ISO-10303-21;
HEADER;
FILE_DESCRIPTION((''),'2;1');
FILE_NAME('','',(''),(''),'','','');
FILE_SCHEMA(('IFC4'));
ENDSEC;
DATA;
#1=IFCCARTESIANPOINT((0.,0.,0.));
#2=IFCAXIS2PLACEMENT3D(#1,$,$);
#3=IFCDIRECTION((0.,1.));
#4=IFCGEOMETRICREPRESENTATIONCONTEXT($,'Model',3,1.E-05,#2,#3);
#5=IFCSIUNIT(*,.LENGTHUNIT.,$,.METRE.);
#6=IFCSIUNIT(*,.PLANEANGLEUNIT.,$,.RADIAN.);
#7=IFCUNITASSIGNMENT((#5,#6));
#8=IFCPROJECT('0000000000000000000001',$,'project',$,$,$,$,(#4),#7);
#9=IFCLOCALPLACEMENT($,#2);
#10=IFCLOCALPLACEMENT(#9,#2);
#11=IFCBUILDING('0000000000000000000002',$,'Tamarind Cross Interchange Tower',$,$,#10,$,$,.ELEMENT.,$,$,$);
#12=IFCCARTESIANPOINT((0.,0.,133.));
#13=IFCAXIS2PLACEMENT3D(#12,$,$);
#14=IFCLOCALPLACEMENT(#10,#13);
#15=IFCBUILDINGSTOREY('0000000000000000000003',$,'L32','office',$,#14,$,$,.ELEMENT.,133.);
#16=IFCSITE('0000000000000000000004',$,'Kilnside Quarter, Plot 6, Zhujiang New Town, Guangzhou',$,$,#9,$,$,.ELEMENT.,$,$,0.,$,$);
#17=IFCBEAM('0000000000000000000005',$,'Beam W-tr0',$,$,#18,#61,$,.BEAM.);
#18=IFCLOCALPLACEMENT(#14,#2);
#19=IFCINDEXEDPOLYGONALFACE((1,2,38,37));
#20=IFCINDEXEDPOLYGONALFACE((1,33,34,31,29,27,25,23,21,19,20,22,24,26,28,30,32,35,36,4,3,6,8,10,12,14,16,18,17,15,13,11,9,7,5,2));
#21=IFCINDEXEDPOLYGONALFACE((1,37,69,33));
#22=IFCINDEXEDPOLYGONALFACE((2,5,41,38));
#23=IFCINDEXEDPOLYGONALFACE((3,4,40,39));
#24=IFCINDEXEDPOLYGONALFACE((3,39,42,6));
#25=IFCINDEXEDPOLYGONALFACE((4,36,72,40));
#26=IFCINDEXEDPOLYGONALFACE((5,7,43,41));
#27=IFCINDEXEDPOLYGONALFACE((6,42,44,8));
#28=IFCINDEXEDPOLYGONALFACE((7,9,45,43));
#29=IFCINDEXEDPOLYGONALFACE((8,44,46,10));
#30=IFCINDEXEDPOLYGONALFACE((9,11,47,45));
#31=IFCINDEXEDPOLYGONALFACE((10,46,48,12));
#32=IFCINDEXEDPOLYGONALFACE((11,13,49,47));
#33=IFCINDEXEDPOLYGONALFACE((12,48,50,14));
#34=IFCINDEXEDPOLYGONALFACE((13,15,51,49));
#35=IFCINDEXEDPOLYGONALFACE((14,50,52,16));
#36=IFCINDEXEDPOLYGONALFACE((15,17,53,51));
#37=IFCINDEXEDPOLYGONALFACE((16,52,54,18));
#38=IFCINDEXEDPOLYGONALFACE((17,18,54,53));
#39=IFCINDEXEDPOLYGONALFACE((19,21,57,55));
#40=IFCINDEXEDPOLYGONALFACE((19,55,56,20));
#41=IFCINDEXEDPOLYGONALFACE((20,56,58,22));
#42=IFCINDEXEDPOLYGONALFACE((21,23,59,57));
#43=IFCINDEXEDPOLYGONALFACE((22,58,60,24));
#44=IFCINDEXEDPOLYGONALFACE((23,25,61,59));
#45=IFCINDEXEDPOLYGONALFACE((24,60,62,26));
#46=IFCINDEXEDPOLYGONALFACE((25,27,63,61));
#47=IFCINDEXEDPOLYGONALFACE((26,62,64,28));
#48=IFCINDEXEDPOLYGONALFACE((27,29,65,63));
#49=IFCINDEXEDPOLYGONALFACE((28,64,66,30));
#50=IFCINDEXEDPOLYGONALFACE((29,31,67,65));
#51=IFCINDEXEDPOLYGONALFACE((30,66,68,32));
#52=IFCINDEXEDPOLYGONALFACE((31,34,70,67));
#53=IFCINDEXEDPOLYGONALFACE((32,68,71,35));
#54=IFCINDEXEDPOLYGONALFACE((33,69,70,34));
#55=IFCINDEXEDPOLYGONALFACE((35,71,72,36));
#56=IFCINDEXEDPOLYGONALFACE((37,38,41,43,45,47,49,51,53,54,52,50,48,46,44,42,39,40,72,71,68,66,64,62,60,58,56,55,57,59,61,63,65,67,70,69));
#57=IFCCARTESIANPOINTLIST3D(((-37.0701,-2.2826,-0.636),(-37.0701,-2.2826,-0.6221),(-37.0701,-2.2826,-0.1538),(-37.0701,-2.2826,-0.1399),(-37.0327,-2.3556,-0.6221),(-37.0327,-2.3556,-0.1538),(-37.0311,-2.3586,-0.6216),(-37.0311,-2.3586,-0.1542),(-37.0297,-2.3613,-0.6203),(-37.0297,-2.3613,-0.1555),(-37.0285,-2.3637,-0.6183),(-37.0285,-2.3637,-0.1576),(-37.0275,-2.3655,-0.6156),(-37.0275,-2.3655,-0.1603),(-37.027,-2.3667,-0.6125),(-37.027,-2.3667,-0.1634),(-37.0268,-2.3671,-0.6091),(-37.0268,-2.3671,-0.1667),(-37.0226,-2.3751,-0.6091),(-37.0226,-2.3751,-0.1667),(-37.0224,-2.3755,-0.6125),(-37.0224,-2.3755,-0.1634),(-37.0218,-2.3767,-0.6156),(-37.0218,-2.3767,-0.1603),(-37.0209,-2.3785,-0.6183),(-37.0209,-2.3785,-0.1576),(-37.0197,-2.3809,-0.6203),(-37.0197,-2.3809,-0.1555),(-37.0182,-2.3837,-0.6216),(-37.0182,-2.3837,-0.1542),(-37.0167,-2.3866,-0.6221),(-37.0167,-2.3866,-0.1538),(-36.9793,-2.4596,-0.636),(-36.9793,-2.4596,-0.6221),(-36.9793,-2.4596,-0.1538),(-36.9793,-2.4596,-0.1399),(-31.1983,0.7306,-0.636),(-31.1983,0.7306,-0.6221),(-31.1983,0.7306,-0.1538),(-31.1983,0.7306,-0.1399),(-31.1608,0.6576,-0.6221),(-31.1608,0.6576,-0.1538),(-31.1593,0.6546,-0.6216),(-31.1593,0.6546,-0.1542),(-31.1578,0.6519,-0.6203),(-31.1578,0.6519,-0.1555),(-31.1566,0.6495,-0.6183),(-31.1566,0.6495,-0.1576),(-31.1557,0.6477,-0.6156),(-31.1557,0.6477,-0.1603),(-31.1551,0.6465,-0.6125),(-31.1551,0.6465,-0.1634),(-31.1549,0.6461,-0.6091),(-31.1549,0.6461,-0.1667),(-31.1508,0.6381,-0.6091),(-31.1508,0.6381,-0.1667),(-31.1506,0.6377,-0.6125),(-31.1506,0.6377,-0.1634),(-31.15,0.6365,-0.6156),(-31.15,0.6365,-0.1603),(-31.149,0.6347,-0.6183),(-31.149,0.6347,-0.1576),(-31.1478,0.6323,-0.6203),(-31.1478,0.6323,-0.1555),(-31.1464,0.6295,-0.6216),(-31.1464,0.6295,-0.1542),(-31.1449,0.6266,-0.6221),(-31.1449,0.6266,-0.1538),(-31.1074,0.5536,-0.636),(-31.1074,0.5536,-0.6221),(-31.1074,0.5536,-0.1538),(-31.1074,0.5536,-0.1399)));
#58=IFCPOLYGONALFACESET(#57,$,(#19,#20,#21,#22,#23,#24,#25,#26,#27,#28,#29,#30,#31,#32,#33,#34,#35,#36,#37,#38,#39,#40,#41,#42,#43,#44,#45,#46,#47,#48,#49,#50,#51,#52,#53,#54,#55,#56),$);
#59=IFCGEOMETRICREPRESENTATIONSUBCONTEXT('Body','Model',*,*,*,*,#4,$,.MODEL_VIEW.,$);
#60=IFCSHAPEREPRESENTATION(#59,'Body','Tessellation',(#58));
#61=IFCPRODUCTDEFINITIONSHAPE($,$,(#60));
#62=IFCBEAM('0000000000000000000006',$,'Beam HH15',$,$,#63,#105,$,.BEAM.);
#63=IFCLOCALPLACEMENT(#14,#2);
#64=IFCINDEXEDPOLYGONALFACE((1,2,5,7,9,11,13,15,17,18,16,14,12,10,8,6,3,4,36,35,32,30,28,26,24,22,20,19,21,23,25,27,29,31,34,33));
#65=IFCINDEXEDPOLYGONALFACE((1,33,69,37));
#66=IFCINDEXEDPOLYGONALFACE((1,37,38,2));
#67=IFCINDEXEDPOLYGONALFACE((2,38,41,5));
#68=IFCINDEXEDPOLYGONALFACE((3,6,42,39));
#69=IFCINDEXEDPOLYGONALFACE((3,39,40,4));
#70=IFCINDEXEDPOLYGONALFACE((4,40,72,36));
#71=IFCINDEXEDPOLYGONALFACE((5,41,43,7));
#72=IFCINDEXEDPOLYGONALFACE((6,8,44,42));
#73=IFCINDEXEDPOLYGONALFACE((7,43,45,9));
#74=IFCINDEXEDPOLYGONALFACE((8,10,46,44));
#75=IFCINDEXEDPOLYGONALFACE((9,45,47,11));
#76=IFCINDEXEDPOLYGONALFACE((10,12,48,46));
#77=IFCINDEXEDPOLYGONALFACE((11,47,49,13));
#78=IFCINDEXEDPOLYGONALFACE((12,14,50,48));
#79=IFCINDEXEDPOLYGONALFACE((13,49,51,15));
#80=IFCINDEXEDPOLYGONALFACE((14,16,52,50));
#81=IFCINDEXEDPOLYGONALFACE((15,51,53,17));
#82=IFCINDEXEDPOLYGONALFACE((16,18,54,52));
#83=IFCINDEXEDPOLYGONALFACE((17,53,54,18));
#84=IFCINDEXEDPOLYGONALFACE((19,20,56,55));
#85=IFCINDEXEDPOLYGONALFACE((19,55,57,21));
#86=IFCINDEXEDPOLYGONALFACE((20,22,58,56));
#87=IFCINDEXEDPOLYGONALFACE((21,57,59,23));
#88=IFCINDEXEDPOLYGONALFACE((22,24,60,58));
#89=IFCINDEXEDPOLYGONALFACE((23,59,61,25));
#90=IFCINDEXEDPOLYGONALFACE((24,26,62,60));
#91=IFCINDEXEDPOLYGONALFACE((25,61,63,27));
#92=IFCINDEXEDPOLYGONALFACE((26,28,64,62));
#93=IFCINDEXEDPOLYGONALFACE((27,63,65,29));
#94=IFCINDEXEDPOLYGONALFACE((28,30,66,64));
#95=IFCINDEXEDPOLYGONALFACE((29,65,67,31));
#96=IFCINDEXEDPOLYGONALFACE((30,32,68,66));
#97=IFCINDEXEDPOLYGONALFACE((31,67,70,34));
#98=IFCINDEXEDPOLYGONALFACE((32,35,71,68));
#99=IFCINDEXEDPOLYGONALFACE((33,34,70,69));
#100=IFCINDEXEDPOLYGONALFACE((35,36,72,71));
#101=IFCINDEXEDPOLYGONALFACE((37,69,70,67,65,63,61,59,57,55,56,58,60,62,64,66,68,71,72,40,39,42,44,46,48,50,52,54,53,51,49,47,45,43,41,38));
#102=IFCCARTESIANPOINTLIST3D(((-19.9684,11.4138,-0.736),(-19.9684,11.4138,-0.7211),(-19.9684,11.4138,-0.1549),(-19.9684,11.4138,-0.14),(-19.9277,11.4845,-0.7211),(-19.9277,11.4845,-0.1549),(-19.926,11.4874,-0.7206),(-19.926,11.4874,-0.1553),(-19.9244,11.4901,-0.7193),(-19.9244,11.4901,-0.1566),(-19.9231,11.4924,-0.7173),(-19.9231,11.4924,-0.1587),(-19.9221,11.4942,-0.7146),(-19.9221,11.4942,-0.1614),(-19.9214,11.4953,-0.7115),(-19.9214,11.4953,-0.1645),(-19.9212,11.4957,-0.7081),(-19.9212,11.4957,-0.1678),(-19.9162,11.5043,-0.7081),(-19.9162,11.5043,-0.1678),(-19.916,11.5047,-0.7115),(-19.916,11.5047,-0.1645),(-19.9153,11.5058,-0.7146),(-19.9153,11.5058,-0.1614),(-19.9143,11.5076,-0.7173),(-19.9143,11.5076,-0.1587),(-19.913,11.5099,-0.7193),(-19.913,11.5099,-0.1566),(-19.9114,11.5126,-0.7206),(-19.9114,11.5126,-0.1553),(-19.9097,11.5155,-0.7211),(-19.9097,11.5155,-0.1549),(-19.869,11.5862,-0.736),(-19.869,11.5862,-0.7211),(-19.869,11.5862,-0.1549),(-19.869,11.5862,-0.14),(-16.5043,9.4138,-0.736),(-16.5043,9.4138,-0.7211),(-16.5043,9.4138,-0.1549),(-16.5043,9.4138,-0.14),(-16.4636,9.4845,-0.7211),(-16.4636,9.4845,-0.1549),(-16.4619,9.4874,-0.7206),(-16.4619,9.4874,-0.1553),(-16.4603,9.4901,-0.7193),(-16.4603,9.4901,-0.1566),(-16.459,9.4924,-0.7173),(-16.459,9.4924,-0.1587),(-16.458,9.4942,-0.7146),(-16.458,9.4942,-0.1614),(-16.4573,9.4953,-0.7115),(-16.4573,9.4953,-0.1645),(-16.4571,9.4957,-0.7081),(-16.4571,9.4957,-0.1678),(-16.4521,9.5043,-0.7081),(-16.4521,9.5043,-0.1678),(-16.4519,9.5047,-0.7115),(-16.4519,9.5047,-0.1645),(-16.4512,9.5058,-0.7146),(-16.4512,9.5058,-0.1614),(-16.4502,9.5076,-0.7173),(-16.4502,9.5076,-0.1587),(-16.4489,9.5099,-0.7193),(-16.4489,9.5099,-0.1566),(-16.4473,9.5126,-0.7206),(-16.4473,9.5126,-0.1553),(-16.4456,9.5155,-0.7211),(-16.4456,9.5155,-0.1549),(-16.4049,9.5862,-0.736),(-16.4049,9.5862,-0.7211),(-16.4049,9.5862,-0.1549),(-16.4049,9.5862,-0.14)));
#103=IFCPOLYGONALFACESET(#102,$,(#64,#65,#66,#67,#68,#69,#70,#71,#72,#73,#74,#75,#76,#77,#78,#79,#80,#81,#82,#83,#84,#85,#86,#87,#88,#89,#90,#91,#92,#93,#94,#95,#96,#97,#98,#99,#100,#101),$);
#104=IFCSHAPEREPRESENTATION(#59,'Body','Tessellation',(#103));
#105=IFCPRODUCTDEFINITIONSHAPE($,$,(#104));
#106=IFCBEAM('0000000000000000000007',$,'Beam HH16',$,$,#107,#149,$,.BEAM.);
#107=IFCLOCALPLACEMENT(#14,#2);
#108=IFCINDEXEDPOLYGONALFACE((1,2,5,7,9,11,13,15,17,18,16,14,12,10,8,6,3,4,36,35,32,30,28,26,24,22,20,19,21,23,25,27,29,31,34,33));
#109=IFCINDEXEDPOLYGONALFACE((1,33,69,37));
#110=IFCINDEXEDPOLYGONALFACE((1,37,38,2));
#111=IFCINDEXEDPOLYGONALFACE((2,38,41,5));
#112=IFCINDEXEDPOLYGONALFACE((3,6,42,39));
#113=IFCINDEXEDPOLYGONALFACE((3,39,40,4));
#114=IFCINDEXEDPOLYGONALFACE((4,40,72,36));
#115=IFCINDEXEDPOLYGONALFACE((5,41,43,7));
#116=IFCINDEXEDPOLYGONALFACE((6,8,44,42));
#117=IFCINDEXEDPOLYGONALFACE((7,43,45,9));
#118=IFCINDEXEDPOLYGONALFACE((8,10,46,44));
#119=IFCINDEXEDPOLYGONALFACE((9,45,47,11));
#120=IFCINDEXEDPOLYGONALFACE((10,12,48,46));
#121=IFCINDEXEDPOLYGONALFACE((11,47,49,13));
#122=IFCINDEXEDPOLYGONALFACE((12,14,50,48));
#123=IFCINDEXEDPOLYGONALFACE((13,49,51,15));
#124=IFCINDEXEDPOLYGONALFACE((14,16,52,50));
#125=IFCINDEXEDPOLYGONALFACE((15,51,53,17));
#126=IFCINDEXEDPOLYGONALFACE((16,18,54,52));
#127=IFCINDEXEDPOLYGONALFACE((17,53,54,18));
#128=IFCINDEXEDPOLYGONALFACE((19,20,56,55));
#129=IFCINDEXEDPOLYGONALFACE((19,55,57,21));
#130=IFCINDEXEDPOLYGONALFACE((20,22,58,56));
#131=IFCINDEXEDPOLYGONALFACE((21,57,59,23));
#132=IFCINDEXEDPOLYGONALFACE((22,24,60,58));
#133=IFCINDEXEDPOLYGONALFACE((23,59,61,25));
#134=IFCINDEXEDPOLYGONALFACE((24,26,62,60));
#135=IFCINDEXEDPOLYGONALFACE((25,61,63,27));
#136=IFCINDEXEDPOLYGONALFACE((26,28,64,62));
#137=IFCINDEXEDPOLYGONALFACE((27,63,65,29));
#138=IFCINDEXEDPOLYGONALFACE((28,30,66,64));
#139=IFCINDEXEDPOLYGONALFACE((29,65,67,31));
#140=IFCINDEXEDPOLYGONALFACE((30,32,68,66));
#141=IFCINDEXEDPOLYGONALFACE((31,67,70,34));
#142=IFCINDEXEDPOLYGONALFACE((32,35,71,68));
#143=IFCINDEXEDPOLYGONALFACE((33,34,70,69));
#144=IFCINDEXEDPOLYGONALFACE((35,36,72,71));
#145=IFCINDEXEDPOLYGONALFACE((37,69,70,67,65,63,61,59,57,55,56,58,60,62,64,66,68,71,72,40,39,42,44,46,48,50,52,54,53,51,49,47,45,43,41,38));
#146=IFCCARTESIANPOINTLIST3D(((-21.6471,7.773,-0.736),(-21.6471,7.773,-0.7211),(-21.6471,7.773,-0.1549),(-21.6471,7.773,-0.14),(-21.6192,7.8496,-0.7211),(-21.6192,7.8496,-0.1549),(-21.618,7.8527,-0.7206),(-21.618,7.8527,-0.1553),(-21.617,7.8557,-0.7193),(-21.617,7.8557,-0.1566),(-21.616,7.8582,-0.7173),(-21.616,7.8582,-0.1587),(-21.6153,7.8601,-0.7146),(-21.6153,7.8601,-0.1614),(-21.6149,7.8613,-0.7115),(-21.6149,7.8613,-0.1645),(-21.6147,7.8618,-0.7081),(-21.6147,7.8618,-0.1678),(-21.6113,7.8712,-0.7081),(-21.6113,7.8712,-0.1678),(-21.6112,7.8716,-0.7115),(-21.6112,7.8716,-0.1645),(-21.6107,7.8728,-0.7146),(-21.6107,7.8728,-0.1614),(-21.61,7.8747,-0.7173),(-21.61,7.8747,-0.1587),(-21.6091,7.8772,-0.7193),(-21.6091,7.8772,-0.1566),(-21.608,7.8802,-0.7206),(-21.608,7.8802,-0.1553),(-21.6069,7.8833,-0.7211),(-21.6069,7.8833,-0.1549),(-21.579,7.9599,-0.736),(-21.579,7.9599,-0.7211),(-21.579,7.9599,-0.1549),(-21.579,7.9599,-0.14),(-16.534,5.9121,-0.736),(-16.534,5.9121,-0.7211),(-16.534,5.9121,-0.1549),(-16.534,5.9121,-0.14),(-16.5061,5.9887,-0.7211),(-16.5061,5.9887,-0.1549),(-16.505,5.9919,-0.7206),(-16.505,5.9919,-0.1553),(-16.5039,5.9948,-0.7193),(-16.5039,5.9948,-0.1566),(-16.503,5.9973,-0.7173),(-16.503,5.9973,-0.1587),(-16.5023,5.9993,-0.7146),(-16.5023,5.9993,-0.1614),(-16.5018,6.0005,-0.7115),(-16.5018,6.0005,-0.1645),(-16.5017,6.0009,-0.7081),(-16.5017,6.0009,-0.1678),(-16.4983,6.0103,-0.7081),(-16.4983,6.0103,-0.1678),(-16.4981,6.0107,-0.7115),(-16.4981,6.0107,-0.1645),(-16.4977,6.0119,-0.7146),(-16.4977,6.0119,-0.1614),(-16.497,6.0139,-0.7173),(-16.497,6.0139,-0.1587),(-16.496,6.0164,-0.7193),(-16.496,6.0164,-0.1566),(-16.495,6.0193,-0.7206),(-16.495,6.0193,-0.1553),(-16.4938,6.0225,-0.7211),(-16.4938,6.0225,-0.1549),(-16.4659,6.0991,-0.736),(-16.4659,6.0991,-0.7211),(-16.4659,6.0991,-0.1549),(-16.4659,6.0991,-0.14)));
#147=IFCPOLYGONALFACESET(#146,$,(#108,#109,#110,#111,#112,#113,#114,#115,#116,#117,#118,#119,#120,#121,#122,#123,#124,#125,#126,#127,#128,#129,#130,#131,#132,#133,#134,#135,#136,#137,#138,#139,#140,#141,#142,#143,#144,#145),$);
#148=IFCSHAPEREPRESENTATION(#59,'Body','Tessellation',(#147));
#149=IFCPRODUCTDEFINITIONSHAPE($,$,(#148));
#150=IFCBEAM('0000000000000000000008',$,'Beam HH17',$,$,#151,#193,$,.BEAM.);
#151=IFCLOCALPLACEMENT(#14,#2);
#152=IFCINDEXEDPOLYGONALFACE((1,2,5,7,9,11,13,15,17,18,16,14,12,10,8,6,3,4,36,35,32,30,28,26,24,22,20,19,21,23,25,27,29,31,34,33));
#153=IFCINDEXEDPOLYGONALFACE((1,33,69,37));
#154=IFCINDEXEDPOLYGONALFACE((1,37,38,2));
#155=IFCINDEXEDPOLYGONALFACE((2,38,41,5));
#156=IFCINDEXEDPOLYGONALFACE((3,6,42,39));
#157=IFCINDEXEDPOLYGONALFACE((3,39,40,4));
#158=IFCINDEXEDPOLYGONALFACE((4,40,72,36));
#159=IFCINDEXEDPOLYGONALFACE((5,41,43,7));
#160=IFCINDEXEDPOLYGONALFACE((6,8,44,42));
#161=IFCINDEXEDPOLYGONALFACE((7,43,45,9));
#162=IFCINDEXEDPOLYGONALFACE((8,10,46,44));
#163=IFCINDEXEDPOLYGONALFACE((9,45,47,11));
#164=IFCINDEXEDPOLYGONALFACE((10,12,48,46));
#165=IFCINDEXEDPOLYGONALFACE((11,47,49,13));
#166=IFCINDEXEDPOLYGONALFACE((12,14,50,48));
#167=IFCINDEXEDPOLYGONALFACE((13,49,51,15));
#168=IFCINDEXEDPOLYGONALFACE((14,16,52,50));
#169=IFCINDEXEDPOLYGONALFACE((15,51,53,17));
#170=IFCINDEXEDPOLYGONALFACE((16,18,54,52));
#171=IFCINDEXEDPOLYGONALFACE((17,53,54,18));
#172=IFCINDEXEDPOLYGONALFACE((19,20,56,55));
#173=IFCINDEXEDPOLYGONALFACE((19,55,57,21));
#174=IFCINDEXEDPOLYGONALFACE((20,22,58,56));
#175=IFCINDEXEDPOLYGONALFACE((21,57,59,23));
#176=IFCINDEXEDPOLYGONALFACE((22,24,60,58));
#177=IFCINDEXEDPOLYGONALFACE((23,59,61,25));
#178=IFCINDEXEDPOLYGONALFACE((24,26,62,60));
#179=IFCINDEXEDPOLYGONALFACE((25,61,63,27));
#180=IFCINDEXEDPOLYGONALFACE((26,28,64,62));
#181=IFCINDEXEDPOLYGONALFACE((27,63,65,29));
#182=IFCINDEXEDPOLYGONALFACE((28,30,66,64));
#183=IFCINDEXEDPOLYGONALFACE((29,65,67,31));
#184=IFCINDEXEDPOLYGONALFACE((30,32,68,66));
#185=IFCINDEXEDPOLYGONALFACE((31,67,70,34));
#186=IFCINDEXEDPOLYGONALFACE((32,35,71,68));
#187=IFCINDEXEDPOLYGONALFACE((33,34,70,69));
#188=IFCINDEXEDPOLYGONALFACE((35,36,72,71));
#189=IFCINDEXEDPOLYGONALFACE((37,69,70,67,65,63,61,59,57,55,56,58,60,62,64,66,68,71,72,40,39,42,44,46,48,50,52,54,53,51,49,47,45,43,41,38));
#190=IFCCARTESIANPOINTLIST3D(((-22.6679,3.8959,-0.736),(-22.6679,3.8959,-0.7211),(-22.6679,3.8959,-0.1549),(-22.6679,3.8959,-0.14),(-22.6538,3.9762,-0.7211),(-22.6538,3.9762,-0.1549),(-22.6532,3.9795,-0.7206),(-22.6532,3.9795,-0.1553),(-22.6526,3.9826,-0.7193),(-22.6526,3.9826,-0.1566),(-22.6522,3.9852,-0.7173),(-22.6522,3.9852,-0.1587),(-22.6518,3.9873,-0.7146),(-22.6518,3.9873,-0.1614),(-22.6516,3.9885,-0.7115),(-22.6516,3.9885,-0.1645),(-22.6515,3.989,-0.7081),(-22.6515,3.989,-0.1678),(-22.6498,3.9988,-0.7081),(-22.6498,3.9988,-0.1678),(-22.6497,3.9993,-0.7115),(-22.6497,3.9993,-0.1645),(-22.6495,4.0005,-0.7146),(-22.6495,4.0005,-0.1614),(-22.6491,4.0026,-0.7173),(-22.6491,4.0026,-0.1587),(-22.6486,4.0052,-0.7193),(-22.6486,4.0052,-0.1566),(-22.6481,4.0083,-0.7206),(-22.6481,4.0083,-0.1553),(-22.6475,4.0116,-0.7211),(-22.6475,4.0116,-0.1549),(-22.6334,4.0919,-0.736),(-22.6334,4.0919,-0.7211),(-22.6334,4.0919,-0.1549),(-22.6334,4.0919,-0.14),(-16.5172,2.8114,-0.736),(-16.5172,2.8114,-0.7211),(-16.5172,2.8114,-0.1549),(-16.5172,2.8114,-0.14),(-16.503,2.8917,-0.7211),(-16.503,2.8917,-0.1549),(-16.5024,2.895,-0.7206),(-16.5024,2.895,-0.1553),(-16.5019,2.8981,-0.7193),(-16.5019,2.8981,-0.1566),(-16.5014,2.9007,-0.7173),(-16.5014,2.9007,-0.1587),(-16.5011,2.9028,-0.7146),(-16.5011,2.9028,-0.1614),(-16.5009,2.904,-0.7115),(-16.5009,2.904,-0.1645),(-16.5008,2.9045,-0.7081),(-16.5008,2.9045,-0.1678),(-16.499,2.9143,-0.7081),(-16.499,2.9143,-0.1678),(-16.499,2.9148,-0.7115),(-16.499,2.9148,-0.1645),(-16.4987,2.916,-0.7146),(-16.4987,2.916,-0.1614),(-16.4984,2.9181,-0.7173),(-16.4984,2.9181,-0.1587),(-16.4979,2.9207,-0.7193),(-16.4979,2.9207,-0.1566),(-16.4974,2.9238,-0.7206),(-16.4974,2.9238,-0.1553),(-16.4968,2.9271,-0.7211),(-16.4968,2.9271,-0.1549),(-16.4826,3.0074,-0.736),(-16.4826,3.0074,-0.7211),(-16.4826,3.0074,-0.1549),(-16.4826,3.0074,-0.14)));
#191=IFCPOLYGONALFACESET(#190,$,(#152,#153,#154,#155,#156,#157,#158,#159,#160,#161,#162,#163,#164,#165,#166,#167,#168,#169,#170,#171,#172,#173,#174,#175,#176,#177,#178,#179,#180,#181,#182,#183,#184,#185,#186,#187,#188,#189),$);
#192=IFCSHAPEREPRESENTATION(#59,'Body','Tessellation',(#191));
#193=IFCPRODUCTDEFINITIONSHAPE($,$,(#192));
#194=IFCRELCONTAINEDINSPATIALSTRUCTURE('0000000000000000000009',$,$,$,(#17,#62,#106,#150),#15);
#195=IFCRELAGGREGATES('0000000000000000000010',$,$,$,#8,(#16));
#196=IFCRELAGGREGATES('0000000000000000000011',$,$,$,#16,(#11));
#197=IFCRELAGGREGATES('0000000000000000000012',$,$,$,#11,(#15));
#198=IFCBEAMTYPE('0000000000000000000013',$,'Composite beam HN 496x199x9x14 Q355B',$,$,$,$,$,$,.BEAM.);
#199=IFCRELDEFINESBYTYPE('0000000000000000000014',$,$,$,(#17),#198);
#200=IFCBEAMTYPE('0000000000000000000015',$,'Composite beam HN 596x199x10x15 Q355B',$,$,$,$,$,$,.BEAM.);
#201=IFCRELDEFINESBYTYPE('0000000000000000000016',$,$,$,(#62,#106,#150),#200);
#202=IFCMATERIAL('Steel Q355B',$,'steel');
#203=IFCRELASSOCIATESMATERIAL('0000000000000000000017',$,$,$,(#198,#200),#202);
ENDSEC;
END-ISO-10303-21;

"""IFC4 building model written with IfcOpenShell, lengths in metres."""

from ifc_helpers import new_model, si_unit, direction, frame, origin, origin_2d, place, context, subcontext, project, spatial, i_section, extrude, material, material_profile, profile_set, type_object, element, save


model = new_model("IFC4")

# Units and contexts
model_context = context("Model", 3, precision=1e-05, world=origin(), true_north=direction((0.0, 1.0)))
body_context = subcontext(model_context, "Body", "Model", "MODEL_VIEW")
ifc_project = project(units=[si_unit("LENGTHUNIT", "METRE"), si_unit("PLANEANGLEUNIT", "RADIAN")], contexts=[model_context])

# Site, building, storey
site_placement = place(None, origin())
site = spatial("IfcSite", under=ifc_project, at=site_placement, Name="Kilnside Quarter, Plot 6, Zhujiang New Town, Guangzhou", CompositionType="ELEMENT", RefElevation=0.0)
building_placement = place(site_placement, origin())
building = spatial("IfcBuilding", under=site, at=building_placement, Name="Tamarind Cross Interchange Tower", CompositionType="ELEMENT")
storey_placement = place(building_placement, frame((0.0, 0.0, 133.0)))
storey = spatial("IfcBuildingStorey", under=building, at=storey_placement, Name="L32", Description="office", CompositionType="ELEMENT", Elevation=133.0)

# Beams
ifc_material_1 = material(Name="Steel Q355B", Category="steel")
ifc_material_profile_1 = material_profile(ifc_material_1, i_section(OverallWidth=0.199, OverallDepth=0.4961, WebThickness=0.009, FlangeThickness=0.0139, FilletRadius=0.0129, at=origin_2d()), Name="HN 496x199x9x14")
ifc_profile_set_1 = profile_set([ifc_material_profile_1], Name="Steel Q355B")
beam_type_1 = type_object("IfcBeamType", Name="Composite beam HN 496x199x9x14 Q355B", PredefinedType="BEAM", material=ifc_profile_set_1)
beam_1_placement = place(storey_placement, frame((-31.1528, 0.6421, -0.3879), z_axis=(-0.889695, -0.456555, 0.0), x_axis=(0.456555, -0.889695, 0.0)))
element("IfcBeam", 1, at=beam_1_placement, inside=storey, type_object=beam_type_1, Name="Beam W-tr0", PredefinedType="BEAM", context=body_context, shape_type="SweptSolid", body=[
    extrude(i_section(OverallWidth=0.199, OverallDepth=0.4961, WebThickness=0.009, FlangeThickness=0.0139, FilletRadius=0.0129, at=origin_2d()), origin(), (0.0, 0.0, 1.0), 6.5999),
])
ifc_material_profile_2 = material_profile(ifc_material_1, i_section(OverallWidth=0.199, OverallDepth=0.5959, WebThickness=0.01, FlangeThickness=0.0149, FilletRadius=0.0129, at=origin_2d()), Name="HN 596x199x10x15")
ifc_profile_set_2 = profile_set([ifc_material_profile_2], Name="Steel Q355B")
beam_type_2 = type_object("IfcBeamType", Name="Composite beam HN 596x199x10x15 Q355B", PredefinedType="BEAM", material=ifc_profile_set_2)
beam_2_placement = place(storey_placement, frame((-19.9187, 11.5, -0.438), z_axis=(0.866026, -0.499999, 0.0), x_axis=(0.499999, 0.866026, 0.0)))
element("IfcBeam", 2, at=beam_2_placement, inside=storey, type_object=beam_type_2, Name="Beam HH15", PredefinedType="BEAM", context=body_context, shape_type="SweptSolid", body=[
    extrude(i_section(OverallWidth=0.199, OverallDepth=0.5959, WebThickness=0.01, FlangeThickness=0.0149, FilletRadius=0.0129, at=origin_2d()), origin(), (0.0, 0.0, 1.0), 4.0),
])
beam_3_placement = place(storey_placement, frame((-21.613, 7.8665, -0.438), z_axis=(0.939702, -0.341995, 0.0), x_axis=(0.341995, 0.939702, 0.0)))
element("IfcBeam", 3, at=beam_3_placement, inside=storey, type_object=beam_type_2, Name="Beam HH16", PredefinedType="BEAM", context=body_context, shape_type="SweptSolid", body=[
    extrude(i_section(OverallWidth=0.199, OverallDepth=0.5959, WebThickness=0.01, FlangeThickness=0.0149, FilletRadius=0.0129, at=origin_2d()), origin(), (0.0, 0.0, 1.0), 5.4412),
])
beam_4_placement = place(storey_placement, frame((-22.6506, 3.9939, -0.438), z_axis=(0.984809, -0.17364, 0.0), x_axis=(0.17364, 0.984809, 0.0)))
element("IfcBeam", 4, at=beam_4_placement, inside=storey, type_object=beam_type_2, Name="Beam HH17", PredefinedType="BEAM", context=body_context, shape_type="SweptSolid", body=[
    extrude(i_section(OverallWidth=0.199, OverallDepth=0.5959, WebThickness=0.01, FlangeThickness=0.0149, FilletRadius=0.0129, at=origin_2d()), origin(), (0.0, 0.0, 1.0), 6.2456),
])

save(model, "model.ifc")
